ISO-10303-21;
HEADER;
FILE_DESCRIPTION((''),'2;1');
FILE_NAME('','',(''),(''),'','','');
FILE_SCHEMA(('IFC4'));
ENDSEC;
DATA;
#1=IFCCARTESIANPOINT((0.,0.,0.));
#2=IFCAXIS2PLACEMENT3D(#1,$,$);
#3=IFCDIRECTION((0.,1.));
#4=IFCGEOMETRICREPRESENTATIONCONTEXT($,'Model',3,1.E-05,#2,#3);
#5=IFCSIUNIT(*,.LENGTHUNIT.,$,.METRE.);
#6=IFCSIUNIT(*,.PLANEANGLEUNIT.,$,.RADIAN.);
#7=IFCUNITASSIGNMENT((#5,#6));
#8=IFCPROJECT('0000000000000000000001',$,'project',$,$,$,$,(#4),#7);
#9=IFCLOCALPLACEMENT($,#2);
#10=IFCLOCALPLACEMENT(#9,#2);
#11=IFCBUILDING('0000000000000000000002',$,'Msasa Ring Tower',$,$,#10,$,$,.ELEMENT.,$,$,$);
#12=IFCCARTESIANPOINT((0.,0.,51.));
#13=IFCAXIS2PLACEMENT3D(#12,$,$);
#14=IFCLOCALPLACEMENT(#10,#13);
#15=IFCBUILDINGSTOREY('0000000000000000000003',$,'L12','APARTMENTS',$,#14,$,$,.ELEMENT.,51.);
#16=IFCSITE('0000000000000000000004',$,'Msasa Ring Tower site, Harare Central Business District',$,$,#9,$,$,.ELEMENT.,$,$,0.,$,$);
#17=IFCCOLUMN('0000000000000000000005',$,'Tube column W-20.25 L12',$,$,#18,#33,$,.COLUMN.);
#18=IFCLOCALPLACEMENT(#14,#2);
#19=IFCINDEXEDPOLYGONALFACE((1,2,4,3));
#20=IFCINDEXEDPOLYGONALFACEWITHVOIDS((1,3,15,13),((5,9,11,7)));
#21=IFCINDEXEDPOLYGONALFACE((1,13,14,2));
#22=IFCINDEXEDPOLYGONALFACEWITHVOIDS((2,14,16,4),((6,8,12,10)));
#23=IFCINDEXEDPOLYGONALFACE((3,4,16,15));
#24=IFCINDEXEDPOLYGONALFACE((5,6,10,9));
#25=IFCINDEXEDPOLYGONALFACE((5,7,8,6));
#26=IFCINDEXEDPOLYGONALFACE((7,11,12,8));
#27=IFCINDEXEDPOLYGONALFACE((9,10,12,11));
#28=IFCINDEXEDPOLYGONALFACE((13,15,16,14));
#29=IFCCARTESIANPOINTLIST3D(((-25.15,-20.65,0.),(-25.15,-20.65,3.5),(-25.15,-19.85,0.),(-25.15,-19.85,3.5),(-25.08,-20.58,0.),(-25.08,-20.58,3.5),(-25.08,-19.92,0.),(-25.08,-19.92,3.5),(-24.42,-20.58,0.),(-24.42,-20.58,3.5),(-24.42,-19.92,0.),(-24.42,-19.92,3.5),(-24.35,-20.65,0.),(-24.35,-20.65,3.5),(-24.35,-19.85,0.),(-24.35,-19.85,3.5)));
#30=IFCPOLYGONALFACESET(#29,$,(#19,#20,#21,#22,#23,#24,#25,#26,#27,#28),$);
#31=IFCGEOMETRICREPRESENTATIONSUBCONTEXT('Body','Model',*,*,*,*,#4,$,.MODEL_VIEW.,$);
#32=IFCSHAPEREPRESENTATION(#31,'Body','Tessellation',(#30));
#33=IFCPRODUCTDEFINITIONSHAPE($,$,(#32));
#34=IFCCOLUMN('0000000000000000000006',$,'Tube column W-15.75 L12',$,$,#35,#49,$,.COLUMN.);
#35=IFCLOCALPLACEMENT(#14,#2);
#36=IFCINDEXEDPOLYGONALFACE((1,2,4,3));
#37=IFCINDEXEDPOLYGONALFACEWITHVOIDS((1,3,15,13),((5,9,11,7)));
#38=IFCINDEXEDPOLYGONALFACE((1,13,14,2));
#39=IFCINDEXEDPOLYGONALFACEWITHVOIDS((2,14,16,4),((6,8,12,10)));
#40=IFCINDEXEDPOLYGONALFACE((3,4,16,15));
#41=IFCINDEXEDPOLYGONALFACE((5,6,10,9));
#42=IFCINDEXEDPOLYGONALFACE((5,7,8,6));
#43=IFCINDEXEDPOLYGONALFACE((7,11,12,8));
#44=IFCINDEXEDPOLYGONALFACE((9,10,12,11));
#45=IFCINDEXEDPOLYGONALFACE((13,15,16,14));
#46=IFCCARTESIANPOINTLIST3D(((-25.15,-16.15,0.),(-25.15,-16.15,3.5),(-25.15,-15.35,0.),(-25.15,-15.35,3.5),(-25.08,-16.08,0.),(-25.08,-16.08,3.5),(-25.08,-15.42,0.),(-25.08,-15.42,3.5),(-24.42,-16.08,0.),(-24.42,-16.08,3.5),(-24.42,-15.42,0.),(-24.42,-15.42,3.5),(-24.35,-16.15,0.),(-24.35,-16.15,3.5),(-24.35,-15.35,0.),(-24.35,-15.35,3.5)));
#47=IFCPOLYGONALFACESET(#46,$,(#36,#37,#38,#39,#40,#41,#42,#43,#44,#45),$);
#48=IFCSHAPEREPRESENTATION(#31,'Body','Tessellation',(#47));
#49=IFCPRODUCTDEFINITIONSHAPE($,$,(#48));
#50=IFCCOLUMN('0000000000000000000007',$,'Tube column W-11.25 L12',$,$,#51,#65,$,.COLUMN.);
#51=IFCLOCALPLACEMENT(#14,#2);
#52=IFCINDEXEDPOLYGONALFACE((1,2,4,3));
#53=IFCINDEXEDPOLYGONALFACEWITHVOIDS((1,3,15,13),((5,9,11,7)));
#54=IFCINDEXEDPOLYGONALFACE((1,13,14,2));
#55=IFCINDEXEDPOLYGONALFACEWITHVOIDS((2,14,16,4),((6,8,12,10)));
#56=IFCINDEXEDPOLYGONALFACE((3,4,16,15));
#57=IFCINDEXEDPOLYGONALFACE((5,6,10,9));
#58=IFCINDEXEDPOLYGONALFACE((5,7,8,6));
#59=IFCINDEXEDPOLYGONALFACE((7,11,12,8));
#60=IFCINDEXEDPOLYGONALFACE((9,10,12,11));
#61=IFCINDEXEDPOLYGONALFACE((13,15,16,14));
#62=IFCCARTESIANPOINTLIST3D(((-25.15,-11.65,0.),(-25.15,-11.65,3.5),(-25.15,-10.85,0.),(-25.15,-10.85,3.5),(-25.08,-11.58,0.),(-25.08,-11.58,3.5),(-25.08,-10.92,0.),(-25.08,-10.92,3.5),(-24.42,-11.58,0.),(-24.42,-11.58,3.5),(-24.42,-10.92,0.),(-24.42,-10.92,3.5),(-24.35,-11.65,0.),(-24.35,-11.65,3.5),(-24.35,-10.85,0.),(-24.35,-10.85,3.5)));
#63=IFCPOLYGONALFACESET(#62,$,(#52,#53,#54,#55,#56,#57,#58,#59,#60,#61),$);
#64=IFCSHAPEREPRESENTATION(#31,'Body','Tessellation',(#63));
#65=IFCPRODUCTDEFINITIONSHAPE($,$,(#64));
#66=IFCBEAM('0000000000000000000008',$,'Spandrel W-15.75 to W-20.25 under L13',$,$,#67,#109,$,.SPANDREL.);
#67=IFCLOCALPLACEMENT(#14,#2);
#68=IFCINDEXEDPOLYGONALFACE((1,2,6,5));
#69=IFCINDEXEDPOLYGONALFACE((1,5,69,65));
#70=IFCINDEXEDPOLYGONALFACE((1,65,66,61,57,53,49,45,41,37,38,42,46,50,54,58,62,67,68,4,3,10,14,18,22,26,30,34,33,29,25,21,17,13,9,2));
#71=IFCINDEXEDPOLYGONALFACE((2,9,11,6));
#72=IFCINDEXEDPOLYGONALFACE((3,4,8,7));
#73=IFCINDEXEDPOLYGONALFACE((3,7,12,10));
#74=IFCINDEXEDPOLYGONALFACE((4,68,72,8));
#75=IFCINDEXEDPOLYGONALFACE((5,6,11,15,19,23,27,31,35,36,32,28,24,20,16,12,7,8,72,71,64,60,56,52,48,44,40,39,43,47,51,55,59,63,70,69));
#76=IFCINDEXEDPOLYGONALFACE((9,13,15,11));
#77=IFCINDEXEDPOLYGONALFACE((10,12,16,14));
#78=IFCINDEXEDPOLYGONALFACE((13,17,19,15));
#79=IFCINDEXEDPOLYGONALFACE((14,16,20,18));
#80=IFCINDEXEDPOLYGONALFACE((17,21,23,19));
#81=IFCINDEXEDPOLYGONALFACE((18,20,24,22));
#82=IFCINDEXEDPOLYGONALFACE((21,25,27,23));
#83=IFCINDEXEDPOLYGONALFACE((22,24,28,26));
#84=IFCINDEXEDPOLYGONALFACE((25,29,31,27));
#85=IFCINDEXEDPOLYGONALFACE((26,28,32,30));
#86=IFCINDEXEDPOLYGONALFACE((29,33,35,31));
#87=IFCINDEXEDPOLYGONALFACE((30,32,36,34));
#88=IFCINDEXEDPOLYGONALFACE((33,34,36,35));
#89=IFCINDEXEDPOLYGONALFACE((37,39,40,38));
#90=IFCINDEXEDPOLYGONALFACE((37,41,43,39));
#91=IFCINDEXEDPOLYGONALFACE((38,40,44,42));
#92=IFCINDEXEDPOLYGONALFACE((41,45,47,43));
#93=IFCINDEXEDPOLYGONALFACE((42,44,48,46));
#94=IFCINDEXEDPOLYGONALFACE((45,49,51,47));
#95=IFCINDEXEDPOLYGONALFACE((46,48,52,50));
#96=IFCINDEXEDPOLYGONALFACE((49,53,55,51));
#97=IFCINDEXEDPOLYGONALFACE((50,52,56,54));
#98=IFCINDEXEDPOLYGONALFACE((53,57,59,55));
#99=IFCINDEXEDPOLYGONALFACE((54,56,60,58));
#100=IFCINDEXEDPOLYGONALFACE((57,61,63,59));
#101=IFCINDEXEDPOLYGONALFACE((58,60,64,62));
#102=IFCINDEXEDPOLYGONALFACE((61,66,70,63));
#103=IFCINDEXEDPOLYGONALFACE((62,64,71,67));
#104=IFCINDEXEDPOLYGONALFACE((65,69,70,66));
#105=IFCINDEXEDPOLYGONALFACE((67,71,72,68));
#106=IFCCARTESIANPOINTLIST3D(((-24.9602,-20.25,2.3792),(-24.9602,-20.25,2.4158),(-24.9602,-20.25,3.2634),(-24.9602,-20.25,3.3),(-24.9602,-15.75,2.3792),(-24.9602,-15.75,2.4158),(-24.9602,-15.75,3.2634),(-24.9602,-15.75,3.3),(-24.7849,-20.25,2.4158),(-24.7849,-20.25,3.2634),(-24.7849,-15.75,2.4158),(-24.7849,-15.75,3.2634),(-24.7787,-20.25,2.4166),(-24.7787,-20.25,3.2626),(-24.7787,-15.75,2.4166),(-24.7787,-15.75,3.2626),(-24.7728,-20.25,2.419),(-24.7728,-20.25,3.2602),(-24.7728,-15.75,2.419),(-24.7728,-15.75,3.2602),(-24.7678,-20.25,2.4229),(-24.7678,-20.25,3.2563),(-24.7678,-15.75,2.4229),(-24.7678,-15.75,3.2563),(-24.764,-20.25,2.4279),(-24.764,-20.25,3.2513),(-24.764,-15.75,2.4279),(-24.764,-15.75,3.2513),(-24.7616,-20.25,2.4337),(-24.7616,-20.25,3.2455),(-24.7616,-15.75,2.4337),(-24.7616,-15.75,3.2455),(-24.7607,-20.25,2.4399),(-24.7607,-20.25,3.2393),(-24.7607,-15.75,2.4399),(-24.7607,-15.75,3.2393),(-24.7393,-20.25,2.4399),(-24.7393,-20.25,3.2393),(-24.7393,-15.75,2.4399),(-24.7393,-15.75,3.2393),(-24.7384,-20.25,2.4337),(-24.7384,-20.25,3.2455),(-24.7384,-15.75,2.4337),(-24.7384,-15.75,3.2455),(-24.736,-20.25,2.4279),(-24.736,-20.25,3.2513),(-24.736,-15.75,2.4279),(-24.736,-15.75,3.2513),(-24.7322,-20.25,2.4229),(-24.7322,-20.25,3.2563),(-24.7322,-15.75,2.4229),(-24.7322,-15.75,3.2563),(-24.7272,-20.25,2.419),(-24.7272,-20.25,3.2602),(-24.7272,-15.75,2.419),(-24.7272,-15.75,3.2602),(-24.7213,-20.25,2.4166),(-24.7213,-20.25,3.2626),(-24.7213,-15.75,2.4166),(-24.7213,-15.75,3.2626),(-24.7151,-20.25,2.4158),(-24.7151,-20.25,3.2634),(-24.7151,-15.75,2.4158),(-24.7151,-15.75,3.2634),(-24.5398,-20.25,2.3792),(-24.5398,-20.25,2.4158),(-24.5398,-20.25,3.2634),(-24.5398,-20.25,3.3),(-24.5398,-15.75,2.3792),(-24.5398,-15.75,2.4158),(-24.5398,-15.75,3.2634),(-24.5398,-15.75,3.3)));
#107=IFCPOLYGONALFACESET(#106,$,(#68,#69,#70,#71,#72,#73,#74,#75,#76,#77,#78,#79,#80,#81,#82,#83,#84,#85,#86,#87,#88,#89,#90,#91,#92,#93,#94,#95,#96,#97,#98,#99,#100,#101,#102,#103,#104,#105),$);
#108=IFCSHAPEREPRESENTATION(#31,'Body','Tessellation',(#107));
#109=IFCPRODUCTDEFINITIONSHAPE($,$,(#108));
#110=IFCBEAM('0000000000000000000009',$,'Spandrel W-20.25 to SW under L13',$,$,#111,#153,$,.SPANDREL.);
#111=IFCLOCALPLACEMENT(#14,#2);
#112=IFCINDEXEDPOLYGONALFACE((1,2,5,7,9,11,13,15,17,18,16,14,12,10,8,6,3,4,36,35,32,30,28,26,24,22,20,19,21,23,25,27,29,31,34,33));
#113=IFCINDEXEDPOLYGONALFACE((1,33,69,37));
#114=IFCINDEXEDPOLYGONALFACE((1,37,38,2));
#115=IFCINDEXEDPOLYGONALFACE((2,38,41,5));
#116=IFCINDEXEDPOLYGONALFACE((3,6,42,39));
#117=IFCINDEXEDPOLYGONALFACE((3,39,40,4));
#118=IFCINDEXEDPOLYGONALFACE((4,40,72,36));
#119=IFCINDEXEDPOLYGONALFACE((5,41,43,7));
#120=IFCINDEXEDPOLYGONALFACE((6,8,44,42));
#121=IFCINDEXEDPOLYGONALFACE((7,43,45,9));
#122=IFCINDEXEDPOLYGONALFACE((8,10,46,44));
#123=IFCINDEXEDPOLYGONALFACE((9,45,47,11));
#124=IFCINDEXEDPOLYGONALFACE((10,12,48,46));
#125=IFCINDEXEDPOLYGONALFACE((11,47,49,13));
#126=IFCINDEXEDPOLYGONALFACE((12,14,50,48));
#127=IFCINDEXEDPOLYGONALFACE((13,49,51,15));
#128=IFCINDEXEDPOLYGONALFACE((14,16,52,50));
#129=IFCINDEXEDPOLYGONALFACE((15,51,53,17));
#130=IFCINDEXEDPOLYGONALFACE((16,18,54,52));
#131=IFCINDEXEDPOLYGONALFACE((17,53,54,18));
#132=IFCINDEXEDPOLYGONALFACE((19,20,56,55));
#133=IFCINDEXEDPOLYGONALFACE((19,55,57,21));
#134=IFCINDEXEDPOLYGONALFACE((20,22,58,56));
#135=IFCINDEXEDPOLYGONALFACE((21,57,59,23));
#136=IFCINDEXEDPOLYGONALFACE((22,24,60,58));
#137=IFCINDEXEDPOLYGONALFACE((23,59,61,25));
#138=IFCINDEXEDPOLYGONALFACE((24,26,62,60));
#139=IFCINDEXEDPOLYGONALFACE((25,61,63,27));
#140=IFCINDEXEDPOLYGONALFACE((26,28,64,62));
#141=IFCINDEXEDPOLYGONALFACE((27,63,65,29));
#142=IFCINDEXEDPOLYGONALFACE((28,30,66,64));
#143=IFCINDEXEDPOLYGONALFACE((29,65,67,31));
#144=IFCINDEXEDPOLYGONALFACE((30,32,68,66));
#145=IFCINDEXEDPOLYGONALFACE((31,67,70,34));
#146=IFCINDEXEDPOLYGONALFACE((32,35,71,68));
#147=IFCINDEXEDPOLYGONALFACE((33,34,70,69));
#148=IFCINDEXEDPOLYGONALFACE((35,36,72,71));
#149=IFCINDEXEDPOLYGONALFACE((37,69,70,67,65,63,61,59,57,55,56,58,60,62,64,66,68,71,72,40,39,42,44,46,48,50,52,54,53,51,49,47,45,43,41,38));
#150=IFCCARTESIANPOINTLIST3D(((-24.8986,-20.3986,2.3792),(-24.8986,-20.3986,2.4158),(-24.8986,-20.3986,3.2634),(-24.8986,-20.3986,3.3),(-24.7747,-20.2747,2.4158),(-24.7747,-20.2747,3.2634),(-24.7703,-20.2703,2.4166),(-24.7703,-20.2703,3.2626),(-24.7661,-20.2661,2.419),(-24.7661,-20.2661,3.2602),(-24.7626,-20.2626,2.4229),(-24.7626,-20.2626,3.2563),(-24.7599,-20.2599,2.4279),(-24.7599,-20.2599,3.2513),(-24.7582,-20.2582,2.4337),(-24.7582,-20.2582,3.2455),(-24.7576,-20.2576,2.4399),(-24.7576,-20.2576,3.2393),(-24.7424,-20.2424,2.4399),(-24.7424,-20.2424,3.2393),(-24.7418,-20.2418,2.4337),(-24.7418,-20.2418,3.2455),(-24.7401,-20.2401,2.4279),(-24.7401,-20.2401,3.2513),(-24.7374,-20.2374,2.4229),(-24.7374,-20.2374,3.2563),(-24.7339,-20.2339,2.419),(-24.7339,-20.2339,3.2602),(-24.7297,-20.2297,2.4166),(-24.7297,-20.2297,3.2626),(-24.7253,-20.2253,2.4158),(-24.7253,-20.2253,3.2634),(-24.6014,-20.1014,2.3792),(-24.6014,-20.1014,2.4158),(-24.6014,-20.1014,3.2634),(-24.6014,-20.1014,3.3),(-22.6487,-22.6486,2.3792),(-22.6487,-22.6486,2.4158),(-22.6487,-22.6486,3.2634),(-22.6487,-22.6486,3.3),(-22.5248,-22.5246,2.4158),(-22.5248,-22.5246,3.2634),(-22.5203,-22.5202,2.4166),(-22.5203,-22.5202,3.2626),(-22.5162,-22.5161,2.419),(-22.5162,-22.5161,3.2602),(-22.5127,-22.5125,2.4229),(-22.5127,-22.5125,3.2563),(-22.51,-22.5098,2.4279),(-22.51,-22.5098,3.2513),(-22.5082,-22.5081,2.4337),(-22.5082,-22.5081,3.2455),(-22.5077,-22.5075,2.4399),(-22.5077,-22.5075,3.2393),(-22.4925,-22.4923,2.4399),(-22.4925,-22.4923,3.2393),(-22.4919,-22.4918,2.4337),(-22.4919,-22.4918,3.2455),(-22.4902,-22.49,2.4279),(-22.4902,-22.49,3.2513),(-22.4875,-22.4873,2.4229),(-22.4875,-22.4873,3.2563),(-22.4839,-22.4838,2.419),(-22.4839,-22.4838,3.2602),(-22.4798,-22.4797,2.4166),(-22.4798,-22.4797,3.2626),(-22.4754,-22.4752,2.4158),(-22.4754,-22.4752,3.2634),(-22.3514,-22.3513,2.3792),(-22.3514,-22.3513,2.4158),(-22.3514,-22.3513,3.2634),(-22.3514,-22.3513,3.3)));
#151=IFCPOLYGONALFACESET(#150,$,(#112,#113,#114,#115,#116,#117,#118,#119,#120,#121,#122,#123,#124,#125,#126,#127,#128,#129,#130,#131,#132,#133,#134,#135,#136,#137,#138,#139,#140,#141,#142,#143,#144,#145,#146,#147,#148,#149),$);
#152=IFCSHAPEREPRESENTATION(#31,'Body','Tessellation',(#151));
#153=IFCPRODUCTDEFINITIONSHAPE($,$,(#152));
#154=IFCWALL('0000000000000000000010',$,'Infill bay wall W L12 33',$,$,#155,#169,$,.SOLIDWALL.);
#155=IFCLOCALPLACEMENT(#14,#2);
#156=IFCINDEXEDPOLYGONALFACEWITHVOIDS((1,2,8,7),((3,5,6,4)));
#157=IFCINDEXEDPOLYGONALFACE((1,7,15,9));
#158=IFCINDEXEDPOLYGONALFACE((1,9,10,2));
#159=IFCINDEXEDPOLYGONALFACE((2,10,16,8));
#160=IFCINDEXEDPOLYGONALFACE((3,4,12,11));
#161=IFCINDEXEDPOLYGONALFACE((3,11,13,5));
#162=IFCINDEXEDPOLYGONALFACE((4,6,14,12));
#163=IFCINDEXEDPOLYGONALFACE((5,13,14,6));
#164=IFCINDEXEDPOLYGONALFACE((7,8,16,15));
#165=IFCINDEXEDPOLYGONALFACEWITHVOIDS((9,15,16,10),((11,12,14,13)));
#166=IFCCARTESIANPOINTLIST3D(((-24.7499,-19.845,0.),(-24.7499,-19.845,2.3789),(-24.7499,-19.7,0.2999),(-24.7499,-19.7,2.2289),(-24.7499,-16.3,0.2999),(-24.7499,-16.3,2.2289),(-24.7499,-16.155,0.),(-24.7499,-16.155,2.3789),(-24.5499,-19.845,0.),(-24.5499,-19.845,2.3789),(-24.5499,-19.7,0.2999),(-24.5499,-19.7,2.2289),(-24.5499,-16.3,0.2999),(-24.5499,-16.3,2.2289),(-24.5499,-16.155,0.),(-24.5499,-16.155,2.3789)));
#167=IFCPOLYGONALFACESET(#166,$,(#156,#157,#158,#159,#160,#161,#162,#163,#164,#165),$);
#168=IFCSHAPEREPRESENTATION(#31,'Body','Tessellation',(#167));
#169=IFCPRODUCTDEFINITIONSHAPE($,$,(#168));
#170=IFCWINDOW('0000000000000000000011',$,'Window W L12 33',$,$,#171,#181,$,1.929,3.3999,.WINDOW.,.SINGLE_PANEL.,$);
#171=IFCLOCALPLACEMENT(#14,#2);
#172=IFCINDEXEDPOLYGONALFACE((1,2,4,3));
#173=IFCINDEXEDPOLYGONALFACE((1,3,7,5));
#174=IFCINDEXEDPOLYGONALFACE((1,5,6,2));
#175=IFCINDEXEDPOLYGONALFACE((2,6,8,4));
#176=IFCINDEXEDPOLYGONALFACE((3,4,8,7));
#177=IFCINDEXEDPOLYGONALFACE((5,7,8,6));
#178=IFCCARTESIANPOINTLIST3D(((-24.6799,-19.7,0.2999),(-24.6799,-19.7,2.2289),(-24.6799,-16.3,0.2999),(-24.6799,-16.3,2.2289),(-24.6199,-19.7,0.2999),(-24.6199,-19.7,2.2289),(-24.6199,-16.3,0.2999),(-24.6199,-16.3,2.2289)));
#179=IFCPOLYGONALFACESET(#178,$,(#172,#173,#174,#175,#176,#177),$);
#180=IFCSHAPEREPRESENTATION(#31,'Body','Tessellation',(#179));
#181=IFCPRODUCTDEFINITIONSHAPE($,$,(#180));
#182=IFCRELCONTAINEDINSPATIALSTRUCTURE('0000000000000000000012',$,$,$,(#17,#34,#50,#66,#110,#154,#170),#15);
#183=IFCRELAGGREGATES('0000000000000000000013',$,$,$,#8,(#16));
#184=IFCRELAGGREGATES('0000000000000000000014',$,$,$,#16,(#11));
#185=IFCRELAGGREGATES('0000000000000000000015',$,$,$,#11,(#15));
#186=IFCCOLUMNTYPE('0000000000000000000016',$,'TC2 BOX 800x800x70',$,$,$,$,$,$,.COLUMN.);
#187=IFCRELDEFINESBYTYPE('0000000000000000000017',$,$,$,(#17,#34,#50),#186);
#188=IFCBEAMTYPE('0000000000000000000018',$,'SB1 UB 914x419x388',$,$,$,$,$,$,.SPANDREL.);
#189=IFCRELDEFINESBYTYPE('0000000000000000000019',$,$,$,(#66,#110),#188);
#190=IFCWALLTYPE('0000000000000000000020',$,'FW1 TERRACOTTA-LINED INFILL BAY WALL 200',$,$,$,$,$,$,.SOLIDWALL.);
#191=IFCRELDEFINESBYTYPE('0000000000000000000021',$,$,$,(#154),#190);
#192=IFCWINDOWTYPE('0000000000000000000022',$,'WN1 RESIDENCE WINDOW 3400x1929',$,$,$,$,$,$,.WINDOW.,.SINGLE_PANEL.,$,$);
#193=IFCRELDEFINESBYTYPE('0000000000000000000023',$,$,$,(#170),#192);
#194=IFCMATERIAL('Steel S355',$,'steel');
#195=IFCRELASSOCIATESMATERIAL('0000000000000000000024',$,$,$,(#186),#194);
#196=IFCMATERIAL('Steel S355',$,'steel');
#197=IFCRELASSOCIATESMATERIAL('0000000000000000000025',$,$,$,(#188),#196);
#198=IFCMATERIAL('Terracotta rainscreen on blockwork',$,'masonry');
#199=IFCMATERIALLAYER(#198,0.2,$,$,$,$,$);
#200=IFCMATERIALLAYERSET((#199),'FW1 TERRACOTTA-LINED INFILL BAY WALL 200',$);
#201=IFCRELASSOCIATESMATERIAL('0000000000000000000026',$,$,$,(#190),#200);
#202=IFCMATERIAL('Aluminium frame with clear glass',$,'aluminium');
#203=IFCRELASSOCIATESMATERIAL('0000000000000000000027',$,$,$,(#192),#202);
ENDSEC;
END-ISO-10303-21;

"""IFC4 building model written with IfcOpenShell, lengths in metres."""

from ifc_helpers import new_model, si_unit, direction, frame, frame_2d, origin, origin_2d, place, context, subcontext, project, spatial, rectangle, hollow_rectangle, i_section, extrude, material, layer, layer_set, material_profile, profile_set, type_object, element, fill, save


model = new_model("IFC4")

# Units and contexts
model_context = context("Model", 3, precision=1e-05, world=origin(), true_north=direction((0.0, 1.0)))
body_context = subcontext(model_context, "Body", "Model", "MODEL_VIEW")
ifc_project = project(units=[si_unit("LENGTHUNIT", "METRE"), si_unit("PLANEANGLEUNIT", "RADIAN")], contexts=[model_context])

# Site, building, storey
site_placement = place(None, origin())
site = spatial("IfcSite", under=ifc_project, at=site_placement, Name="Msasa Ring Tower site, Harare Central Business District", CompositionType="ELEMENT", RefElevation=0.0)
building_placement = place(site_placement, origin())
building = spatial("IfcBuilding", under=site, at=building_placement, Name="Msasa Ring Tower", CompositionType="ELEMENT")
storey_placement = place(building_placement, frame((0.0, 0.0, 51.0)))
storey = spatial("IfcBuildingStorey", under=building, at=storey_placement, Name="L12", Description="APARTMENTS", CompositionType="ELEMENT", Elevation=51.0)

# Columns
ifc_material_1 = material(Name="Steel S355", Category="steel")
ifc_material_profile_1 = material_profile(ifc_material_1, hollow_rectangle(XDim=0.8, YDim=0.8, WallThickness=0.0701, at=origin_2d()), Name="BOX 800x800x70")
ifc_profile_set_1 = profile_set([ifc_material_profile_1], Name="Steel S355")
column_type = type_object("IfcColumnType", Name="TC2 BOX 800x800x70", PredefinedType="COLUMN", material=ifc_profile_set_1)
for number, where, z_axis, x_axis, name in (
    (1, (-24.75, -20.25, 0.0), (0.0, 0.0, 1.0), (1.0, 0.0, 0.0), "Tube column W-20.25 L12"),
    (2, (-24.75, -15.75, 0.0), (0.0, 0.0, 1.0), (1.0, 0.0, 0.0), "Tube column W-15.75 L12"),
    (3, (-24.75, -11.25, 0.0), (0.0, 0.0, 1.0), (1.0, 0.0, 0.0), "Tube column W-11.25 L12"),
):
    element("IfcColumn", number, at=place(storey_placement, frame(where, z_axis=z_axis, x_axis=x_axis)), inside=storey, type_object=column_type, Name=name, PredefinedType="COLUMN", context=body_context, shape_type="SweptSolid", body=[
        extrude(hollow_rectangle(XDim=0.8, YDim=0.8, WallThickness=0.0701, at=origin_2d()), origin(), (0.0, 0.0, 1.0), 3.5),
    ])

# Beams
ifc_material_2 = material(Name="Steel S355", Category="steel")
ifc_material_profile_2 = material_profile(ifc_material_2, i_section(OverallWidth=0.4204, OverallDepth=0.9209, WebThickness=0.0215, FlangeThickness=0.0366, FilletRadius=0.0242, at=origin_2d()), Name="UB 914x419x388")
ifc_profile_set_2 = profile_set([ifc_material_profile_2], Name="Steel S355")
beam_type = type_object("IfcBeamType", Name="SB1 UB 914x419x388", PredefinedType="SPANDREL", material=ifc_profile_set_2)
beam_1_placement = place(storey_placement, frame((-24.75, -15.75, 2.8396), z_axis=(0.0, -1.0, 0.0), x_axis=(1.0, 0.0, 0.0)))
element("IfcBeam", 4, at=beam_1_placement, inside=storey, type_object=beam_type, Name="Spandrel W-15.75 to W-20.25 under L13", PredefinedType="SPANDREL", context=body_context, shape_type="SweptSolid", body=[
    extrude(i_section(OverallWidth=0.4204, OverallDepth=0.9209, WebThickness=0.0215, FlangeThickness=0.0366, FilletRadius=0.0242, at=origin_2d()), origin(), (0.0, 0.0, 1.0), 4.5),
])
beam_2_placement = place(storey_placement, frame((-24.75, -20.25, 2.8396), z_axis=(0.707107, -0.707107, 0.0), x_axis=(0.707107, 0.707107, 0.0)))
element("IfcBeam", 5, at=beam_2_placement, inside=storey, type_object=beam_type, Name="Spandrel W-20.25 to SW under L13", PredefinedType="SPANDREL", context=body_context, shape_type="SweptSolid", body=[
    extrude(i_section(OverallWidth=0.4204, OverallDepth=0.9209, WebThickness=0.0215, FlangeThickness=0.0366, FilletRadius=0.0242, at=origin_2d()), origin(), (0.0, 0.0, 1.0), 3.1819),
])

# Wall, opening, window
ifc_material_3 = material(Name="Terracotta rainscreen on blockwork", Category="masonry")
ifc_layer_1 = layer(ifc_material_3, 0.2)
ifc_layer_set_1 = layer_set([ifc_layer_1], Name="FW1 TERRACOTTA-LINED INFILL BAY WALL 200")
wall_type_1 = type_object("IfcWallType", Name="FW1 TERRACOTTA-LINED INFILL BAY WALL 200", PredefinedType="SOLIDWALL", material=ifc_layer_set_1)
wall_1_placement = place(storey_placement, frame((-24.6499, -19.845, 0.0), z_axis=(0.0, 0.0, 1.0), x_axis=(0.0, 1.0, 0.0)))
wall_1 = element("IfcWall", 6, at=wall_1_placement, inside=storey, type_object=wall_type_1, Name="Infill bay wall W L12 33", PredefinedType="SOLIDWALL", context=body_context, shape_type="SweptSolid", body=[
    extrude(rectangle(XDim=3.6899, YDim=0.2, at=frame_2d((1.845, 0.0))), origin(), (0.0, 0.0, 1.0), 2.3789),
])
opening_1_placement = place(wall_1_placement, frame((0.145, 0.0, 0.3)))
opening_1 = element("IfcOpeningElement", 7, at=opening_1_placement, cuts=wall_1, PredefinedType="OPENING", context=body_context, shape_type="SweptSolid", body=[
    extrude(rectangle(XDim=3.3999, YDim=1.929, at=frame_2d((1.7, 0.9644))), frame((0.0, 0.1099, 0.0), z_axis=(0.0, -1.0, 0.0), x_axis=(1.0, 0.0, 0.0)), (0.0, 0.0, 1.0), 0.22),
])
ifc_material_4 = material(Name="Aluminium frame with clear glass", Category="aluminium")
window_type = type_object("IfcWindowType", Name="WN1 RESIDENCE WINDOW 3400x1929", PartitioningType="SINGLE_PANEL", PredefinedType="WINDOW", material=ifc_material_4)
window_1_placement = place(opening_1_placement, origin())
window_1 = element("IfcWindow", 8, at=window_1_placement, inside=storey, type_object=window_type, Name="Window W L12 33", OverallHeight=1.929, OverallWidth=3.3999, PartitioningType="SINGLE_PANEL", PredefinedType="WINDOW", context=body_context, shape_type="SweptSolid", body=[
    extrude(rectangle(XDim=3.3999, YDim=1.929, at=frame_2d((1.7, 0.9644))), frame((0.0, 0.03, 0.0), z_axis=(0.0, -1.0, 0.0), x_axis=(1.0, 0.0, 0.0)), (0.0, 0.0, 1.0), 0.0601),
])
fill(opening_1, window_1)

save(model, "model.ifc")
